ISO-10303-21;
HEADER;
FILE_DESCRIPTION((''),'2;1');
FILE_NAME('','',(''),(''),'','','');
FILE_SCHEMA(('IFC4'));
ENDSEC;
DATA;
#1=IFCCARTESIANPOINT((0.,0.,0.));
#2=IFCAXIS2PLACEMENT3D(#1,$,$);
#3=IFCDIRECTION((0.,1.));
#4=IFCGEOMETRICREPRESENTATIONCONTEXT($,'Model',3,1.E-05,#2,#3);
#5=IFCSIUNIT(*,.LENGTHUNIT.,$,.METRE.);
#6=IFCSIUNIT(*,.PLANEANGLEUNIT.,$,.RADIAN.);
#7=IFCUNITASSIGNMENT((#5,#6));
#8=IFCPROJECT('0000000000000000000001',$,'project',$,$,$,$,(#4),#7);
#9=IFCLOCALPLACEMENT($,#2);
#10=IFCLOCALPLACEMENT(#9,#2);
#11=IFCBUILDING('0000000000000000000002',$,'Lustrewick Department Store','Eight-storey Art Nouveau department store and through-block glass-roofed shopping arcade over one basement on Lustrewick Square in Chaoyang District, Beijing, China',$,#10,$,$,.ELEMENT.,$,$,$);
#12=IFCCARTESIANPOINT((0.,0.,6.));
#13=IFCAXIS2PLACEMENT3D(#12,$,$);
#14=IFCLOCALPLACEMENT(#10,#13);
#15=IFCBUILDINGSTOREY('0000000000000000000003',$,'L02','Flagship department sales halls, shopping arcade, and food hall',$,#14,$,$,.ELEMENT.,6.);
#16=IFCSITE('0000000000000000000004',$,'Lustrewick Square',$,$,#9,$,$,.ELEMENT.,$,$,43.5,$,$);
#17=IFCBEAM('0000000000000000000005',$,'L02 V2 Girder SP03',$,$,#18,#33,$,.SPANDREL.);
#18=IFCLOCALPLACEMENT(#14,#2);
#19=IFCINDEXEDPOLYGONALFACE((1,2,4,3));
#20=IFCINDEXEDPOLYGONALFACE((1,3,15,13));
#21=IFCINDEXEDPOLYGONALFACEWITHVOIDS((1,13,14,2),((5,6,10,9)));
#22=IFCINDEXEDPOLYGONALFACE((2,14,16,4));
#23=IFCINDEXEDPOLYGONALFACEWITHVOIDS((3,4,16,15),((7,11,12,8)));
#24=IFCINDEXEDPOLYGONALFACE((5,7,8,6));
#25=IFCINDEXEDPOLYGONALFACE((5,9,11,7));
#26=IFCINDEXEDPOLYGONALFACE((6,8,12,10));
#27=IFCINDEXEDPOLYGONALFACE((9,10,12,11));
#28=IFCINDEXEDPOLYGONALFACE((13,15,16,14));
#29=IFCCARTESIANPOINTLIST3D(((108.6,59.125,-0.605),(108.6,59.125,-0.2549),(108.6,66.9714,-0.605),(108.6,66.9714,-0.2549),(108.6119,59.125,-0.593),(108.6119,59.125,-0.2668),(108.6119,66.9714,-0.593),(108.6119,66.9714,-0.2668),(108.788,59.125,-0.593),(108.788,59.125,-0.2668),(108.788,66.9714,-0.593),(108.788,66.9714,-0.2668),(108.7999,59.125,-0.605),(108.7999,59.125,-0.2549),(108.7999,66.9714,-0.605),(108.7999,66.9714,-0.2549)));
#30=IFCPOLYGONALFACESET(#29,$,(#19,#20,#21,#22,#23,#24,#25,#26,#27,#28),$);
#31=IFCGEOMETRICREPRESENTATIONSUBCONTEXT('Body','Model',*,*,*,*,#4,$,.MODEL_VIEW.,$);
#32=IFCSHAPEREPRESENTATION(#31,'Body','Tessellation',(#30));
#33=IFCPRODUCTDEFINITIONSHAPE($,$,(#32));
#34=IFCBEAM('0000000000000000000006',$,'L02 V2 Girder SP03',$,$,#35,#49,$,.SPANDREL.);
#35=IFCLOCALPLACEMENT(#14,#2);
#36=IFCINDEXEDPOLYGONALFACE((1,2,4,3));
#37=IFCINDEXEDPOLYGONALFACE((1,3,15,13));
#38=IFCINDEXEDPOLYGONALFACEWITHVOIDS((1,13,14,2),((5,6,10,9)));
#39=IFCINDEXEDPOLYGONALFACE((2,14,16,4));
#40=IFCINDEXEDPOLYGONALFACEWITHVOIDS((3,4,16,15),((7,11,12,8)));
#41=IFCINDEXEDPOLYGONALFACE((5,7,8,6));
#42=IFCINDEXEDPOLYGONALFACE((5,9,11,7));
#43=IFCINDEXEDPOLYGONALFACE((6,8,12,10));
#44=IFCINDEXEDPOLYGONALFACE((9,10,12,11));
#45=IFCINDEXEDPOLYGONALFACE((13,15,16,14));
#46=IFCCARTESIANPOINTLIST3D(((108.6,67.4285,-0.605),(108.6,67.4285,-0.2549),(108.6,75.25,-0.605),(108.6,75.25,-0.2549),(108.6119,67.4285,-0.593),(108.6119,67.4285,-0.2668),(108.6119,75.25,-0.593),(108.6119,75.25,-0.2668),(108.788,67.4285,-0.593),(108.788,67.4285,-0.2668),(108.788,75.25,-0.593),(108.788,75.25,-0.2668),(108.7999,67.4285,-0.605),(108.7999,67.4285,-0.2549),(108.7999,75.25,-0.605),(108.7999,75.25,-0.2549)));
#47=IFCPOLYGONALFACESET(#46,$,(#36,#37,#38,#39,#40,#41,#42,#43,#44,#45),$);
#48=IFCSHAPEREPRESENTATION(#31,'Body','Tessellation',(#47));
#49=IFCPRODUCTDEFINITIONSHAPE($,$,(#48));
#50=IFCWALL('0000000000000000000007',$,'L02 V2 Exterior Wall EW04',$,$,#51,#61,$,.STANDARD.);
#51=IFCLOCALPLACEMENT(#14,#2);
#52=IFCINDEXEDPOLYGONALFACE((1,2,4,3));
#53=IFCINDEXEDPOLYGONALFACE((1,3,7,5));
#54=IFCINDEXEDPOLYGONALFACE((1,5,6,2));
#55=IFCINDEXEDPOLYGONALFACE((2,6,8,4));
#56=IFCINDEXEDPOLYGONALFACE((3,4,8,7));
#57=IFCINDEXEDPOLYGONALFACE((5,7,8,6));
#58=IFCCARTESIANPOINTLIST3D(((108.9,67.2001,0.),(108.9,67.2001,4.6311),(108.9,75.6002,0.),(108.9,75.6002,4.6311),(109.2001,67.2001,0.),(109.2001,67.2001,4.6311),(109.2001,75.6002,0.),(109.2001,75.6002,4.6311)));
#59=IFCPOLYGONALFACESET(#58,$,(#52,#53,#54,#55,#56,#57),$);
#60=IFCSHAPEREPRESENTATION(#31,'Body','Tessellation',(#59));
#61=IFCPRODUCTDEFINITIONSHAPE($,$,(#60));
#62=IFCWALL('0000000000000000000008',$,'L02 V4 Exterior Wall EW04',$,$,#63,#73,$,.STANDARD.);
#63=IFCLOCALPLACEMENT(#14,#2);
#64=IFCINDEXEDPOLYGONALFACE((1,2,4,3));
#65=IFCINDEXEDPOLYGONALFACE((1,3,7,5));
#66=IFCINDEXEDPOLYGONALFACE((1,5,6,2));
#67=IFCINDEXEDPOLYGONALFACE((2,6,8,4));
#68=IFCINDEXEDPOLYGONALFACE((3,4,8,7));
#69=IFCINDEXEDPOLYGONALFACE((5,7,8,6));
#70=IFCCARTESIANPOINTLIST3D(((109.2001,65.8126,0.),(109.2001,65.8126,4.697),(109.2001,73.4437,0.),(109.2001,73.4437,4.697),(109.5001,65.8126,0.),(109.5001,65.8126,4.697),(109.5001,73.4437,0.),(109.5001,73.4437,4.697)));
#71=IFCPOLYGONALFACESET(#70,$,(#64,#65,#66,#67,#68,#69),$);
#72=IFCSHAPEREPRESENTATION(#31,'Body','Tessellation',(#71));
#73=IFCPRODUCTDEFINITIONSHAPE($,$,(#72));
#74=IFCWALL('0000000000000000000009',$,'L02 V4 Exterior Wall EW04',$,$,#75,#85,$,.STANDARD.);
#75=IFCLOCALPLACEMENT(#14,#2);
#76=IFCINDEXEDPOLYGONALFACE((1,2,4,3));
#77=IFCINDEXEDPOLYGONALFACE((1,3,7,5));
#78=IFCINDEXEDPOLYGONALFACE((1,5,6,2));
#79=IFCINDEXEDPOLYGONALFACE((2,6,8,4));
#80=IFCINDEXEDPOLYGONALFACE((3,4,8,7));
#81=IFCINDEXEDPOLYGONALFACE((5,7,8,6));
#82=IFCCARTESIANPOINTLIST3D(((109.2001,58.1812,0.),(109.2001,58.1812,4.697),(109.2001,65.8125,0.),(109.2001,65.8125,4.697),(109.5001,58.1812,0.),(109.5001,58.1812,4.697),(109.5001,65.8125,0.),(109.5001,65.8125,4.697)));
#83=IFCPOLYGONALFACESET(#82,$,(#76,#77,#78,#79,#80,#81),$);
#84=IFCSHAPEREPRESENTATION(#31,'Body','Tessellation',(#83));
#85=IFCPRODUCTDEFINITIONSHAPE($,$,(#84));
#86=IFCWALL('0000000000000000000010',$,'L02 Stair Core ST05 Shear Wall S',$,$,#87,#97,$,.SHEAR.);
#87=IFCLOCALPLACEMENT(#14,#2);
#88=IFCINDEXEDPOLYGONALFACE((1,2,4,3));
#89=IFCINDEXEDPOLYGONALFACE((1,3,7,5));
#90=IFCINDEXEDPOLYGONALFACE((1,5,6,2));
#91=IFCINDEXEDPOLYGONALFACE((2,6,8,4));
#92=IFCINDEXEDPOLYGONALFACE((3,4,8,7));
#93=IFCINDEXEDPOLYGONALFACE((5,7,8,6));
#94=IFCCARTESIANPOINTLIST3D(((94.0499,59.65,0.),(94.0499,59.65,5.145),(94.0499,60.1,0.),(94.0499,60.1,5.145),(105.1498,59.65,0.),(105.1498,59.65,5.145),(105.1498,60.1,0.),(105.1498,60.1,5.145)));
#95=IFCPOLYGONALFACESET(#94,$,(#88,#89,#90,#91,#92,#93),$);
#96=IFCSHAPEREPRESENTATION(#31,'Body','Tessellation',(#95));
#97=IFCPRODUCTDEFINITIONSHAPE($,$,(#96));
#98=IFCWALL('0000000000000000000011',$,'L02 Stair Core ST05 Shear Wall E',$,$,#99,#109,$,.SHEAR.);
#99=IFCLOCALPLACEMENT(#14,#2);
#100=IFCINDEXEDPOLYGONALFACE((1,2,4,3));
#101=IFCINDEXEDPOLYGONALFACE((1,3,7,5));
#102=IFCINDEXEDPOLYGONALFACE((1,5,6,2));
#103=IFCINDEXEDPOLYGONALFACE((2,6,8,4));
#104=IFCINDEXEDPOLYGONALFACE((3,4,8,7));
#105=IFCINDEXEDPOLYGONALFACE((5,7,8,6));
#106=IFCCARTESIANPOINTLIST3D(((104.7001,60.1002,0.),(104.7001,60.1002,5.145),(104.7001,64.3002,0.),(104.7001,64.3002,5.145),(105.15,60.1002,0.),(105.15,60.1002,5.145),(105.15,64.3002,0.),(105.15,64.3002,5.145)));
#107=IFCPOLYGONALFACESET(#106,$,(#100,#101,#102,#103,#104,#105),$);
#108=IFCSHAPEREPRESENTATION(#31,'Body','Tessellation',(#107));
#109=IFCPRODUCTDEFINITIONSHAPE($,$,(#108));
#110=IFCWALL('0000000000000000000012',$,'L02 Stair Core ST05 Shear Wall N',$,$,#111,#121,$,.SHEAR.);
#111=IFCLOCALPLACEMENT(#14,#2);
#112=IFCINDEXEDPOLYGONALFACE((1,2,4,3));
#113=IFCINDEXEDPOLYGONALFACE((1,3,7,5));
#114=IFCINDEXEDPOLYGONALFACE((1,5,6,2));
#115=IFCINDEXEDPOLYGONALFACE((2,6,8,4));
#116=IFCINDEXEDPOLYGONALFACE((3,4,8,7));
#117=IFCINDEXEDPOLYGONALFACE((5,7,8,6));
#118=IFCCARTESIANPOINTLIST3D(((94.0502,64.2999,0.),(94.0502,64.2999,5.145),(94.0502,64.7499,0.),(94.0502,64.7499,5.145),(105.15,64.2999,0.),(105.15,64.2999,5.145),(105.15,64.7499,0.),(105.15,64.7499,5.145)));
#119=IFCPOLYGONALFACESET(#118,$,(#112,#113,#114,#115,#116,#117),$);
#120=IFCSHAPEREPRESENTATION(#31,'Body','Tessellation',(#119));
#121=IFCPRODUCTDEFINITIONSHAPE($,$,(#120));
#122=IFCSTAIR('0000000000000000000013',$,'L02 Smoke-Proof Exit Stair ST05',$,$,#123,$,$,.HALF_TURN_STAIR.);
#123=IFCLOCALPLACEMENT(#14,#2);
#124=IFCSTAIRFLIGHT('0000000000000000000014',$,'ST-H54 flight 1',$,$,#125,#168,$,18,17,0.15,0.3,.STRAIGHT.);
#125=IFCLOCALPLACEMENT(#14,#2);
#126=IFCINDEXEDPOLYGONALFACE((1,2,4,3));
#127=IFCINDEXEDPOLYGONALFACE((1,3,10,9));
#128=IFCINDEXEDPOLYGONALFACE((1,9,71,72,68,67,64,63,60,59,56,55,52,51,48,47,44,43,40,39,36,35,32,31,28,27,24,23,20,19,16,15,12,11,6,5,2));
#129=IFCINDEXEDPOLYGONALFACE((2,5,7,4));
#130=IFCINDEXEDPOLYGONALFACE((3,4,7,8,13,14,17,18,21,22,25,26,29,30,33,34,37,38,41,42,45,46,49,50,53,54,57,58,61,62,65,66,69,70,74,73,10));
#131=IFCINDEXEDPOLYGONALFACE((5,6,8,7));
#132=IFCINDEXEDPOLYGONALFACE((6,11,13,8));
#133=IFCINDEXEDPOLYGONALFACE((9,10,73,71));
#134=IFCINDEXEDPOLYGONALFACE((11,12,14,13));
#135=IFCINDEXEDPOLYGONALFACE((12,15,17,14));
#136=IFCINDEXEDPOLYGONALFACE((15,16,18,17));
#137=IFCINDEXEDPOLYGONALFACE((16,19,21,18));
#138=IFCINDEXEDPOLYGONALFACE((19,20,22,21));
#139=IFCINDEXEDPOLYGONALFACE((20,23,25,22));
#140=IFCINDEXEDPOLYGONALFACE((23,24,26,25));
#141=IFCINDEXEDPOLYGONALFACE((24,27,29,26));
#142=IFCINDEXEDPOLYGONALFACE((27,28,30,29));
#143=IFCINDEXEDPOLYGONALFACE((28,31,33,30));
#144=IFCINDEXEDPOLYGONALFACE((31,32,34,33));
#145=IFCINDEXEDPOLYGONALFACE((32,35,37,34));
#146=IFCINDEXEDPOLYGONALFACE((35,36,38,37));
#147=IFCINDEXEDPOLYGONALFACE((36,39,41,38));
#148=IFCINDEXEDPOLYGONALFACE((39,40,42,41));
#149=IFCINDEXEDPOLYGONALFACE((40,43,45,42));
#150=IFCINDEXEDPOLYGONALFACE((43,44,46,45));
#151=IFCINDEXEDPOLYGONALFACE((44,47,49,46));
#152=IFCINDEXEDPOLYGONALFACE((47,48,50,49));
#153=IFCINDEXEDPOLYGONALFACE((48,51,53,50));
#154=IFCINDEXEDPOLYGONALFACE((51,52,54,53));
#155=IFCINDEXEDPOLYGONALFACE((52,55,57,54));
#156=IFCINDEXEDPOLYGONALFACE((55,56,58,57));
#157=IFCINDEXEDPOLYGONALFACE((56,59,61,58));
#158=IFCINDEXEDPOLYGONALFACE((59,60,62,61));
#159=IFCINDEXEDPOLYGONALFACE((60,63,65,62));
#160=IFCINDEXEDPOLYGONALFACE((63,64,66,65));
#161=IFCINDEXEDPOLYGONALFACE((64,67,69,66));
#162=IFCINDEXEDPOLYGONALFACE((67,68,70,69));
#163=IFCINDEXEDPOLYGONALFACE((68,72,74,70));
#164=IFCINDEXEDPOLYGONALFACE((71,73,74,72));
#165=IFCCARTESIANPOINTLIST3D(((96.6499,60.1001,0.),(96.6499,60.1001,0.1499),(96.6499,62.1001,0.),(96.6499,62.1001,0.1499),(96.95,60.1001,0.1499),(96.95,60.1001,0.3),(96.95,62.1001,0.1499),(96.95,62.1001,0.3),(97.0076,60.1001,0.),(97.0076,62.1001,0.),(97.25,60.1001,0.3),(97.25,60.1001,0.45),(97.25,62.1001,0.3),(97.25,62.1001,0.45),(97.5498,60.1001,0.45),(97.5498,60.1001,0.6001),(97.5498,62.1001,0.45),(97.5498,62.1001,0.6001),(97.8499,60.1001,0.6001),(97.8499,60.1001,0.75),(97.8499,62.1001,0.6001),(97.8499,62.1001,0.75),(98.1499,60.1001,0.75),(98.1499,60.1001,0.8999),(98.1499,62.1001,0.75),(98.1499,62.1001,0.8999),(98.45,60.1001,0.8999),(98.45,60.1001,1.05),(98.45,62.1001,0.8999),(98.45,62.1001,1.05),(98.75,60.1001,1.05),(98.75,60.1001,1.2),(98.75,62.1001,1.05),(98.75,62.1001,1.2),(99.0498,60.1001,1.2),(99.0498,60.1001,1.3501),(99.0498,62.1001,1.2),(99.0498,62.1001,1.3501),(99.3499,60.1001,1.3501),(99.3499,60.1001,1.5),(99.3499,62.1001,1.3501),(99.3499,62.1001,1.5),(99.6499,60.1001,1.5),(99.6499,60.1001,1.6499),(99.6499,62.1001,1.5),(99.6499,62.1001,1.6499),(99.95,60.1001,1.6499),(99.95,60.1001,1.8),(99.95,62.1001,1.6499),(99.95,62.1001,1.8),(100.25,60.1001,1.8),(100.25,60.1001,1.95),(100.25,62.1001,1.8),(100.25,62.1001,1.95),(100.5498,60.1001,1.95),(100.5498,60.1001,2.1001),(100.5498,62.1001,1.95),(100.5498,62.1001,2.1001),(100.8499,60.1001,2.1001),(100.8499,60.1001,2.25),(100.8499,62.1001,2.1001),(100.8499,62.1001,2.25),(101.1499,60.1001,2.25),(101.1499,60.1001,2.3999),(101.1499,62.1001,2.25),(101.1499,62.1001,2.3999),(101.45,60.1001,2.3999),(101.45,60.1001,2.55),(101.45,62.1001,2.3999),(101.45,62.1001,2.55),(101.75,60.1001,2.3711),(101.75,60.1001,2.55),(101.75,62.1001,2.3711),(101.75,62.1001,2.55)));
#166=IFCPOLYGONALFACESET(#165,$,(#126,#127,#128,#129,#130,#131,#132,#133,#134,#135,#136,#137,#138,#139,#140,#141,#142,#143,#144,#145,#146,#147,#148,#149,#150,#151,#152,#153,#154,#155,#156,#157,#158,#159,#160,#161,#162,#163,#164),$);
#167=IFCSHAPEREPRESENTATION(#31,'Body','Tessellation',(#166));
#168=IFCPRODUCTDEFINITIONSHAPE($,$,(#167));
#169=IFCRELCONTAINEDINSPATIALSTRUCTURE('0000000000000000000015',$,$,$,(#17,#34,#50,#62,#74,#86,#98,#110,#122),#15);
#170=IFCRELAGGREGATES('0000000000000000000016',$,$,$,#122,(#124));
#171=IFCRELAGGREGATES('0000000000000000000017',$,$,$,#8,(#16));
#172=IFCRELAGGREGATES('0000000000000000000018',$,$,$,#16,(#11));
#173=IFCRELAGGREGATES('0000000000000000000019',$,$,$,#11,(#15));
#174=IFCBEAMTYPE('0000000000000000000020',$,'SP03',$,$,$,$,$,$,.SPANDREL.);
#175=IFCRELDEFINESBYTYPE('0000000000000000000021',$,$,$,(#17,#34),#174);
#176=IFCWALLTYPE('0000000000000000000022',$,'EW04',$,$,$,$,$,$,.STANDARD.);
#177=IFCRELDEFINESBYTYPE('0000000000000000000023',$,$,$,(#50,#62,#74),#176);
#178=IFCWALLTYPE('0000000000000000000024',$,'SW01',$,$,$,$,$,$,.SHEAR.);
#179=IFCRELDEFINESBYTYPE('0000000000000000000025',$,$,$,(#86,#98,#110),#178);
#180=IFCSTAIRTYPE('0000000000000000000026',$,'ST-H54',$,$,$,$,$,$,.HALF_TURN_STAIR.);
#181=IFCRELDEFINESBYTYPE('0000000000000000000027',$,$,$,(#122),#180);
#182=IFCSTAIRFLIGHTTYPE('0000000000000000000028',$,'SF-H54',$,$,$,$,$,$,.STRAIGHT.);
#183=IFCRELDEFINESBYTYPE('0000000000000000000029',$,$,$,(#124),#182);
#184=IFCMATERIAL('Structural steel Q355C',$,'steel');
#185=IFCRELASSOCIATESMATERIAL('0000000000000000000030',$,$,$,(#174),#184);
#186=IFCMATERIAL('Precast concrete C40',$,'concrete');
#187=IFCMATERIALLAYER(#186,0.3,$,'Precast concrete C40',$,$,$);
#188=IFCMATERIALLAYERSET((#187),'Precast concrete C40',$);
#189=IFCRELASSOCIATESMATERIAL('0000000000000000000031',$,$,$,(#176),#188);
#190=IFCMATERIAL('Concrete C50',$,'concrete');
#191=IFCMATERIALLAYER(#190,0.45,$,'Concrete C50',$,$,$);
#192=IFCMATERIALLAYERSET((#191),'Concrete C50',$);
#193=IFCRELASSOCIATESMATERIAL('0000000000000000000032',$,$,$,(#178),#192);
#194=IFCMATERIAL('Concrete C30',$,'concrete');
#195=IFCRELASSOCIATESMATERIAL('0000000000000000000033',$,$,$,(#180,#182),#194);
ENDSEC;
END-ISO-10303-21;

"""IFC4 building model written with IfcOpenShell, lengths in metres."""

from ifc_helpers import new_model, si_unit, direction, frame, frame_2d, origin, origin_2d, place, context, subcontext, project, spatial, polyline, rectangle, hollow_rectangle, outline, extrude, material, layer, layer_set, material_profile, profile_set, type_object, element, aggregate, save


model = new_model("IFC4")

# Units and contexts
model_context = context("Model", 3, precision=1e-05, world=origin(), true_north=direction((0.0, 1.0)))
body_context = subcontext(model_context, "Body", "Model", "MODEL_VIEW")
ifc_project = project(units=[si_unit("LENGTHUNIT", "METRE"), si_unit("PLANEANGLEUNIT", "RADIAN")], contexts=[model_context])

# Site, building, storey
site_placement = place(None, origin())
site = spatial("IfcSite", under=ifc_project, at=site_placement, Name="Lustrewick Square", CompositionType="ELEMENT", RefElevation=43.5)
building_placement = place(site_placement, origin())
building = spatial("IfcBuilding", under=site, at=building_placement, Name="Lustrewick Department Store", Description="Eight-storey Art Nouveau department store and through-block glass-roofed shopping arcade over one basement on Lustrewick Square in Chaoyang District, Beijing, China", CompositionType="ELEMENT")
storey_placement = place(building_placement, frame((0.0, 0.0, 6.0)))
storey = spatial("IfcBuildingStorey", under=building, at=storey_placement, Name="L02", Description="Flagship department sales halls, shopping arcade, and food hall", CompositionType="ELEMENT", Elevation=6.0)

# Shared definitions
ifc_material_1 = material(Name="Structural steel Q355C", Category="steel")

# Beams
ifc_material_profile_1 = material_profile(ifc_material_1, hollow_rectangle(XDim=0.2, YDim=0.3501, WallThickness=0.012, at=origin_2d()), Name="RHS 350x200x12")
ifc_profile_set_1 = profile_set([ifc_material_profile_1], Name="Structural steel Q355C")
beam_type_1 = type_object("IfcBeamType", Name="SP03", PredefinedType="SPANDREL", material=ifc_profile_set_1)
beam_1_placement = place(storey_placement, frame((108.7, 59.125, -0.4299), z_axis=(0.0, 1.0, 0.0), x_axis=(-1.0, 0.0, 0.0)))
element("IfcBeam", 1, at=beam_1_placement, inside=storey, type_object=beam_type_1, Name="L02 V2 Girder SP03", PredefinedType="SPANDREL", context=body_context, shape_type="SweptSolid", body=[
    extrude(hollow_rectangle(XDim=0.2, YDim=0.3501, WallThickness=0.012, at=origin_2d()), origin(), (0.0, 0.0, 1.0), 7.8464),
])
beam_2_placement = place(storey_placement, frame((108.7, 67.4285, -0.4299), z_axis=(0.0, 1.0, 0.0), x_axis=(-1.0, 0.0, 0.0)))
element("IfcBeam", 2, at=beam_2_placement, inside=storey, type_object=beam_type_1, Name="L02 V2 Girder SP03", PredefinedType="SPANDREL", context=body_context, shape_type="SweptSolid", body=[
    extrude(hollow_rectangle(XDim=0.2, YDim=0.3501, WallThickness=0.012, at=origin_2d()), origin(), (0.0, 0.0, 1.0), 7.8215),
])

# Walls
ifc_material_2 = material(Name="Precast concrete C40", Category="concrete")
ifc_layer_1 = layer(ifc_material_2, 0.3, Name="Precast concrete C40")
ifc_layer_set_1 = layer_set([ifc_layer_1], Name="Precast concrete C40")
wall_type_1 = type_object("IfcWallType", Name="EW04", PredefinedType="STANDARD", material=ifc_layer_set_1)
wall_1_placement = place(storey_placement, frame((109.05, 67.2, 0.0), z_axis=(0.0, 0.0, 1.0), x_axis=(0.0, 1.0, 0.0)))
element("IfcWall", 3, at=wall_1_placement, inside=storey, type_object=wall_type_1, Name="L02 V2 Exterior Wall EW04", PredefinedType="STANDARD", context=body_context, shape_type="SweptSolid", body=[
    extrude(rectangle(XDim=8.4001, YDim=0.3, at=frame_2d((4.2002, 0.0))), origin(), (0.0, 0.0, 1.0), 4.6311),
])
wall_2_placement = place(storey_placement, frame((109.3501, 73.4436, 0.0), z_axis=(0.0, 0.0, 1.0), x_axis=(0.0, -1.0, 0.0)))
element("IfcWall", 4, at=wall_2_placement, inside=storey, type_object=wall_type_1, Name="L02 V4 Exterior Wall EW04", PredefinedType="STANDARD", context=body_context, shape_type="SweptSolid", body=[
    extrude(rectangle(XDim=7.6311, YDim=0.3, at=frame_2d((3.8154, 0.0))), origin(), (0.0, 0.0, 1.0), 4.697),
])
wall_3_placement = place(storey_placement, frame((109.3501, 65.8125, 0.0), z_axis=(0.0, 0.0, 1.0), x_axis=(0.0, -1.0, 0.0)))
element("IfcWall", 5, at=wall_3_placement, inside=storey, type_object=wall_type_1, Name="L02 V4 Exterior Wall EW04", PredefinedType="STANDARD", context=body_context, shape_type="SweptSolid", body=[
    extrude(rectangle(XDim=7.6313, YDim=0.3, at=frame_2d((3.8157, 0.0))), origin(), (0.0, 0.0, 1.0), 4.697),
])
ifc_material_3 = material(Name="Concrete C50", Category="concrete")
ifc_layer_2 = layer(ifc_material_3, 0.45, Name="Concrete C50")
ifc_layer_set_2 = layer_set([ifc_layer_2], Name="Concrete C50")
wall_type_2 = type_object("IfcWallType", Name="SW01", PredefinedType="SHEAR", material=ifc_layer_set_2)
wall_4_placement = place(storey_placement, frame((94.05, 59.875, 0.0), z_axis=(0.0, 0.0, 1.0), x_axis=(1.0, 0.0, 0.0)))
element("IfcWall", 6, at=wall_4_placement, inside=storey, type_object=wall_type_2, Name="L02 Stair Core ST05 Shear Wall S", PredefinedType="SHEAR", context=body_context, shape_type="SweptSolid", body=[
    extrude(rectangle(XDim=11.0999, YDim=0.45, at=frame_2d((5.5498, 0.0))), origin(), (0.0, 0.0, 1.0), 5.145),
])
wall_5_placement = place(storey_placement, frame((104.925, 60.1001, 0.0), z_axis=(0.0, 0.0, 1.0), x_axis=(0.0, 1.0, 0.0)))
element("IfcWall", 7, at=wall_5_placement, inside=storey, type_object=wall_type_2, Name="L02 Stair Core ST05 Shear Wall E", PredefinedType="SHEAR", context=body_context, shape_type="SweptSolid", body=[
    extrude(rectangle(XDim=4.2, YDim=0.45, at=frame_2d((2.1001, 0.0))), origin(), (0.0, 0.0, 1.0), 5.145),
])
wall_6_placement = place(storey_placement, frame((105.1499, 64.5249, 0.0), z_axis=(0.0, 0.0, 1.0), x_axis=(-1.0, 0.0, 0.0)))
element("IfcWall", 8, at=wall_6_placement, inside=storey, type_object=wall_type_2, Name="L02 Stair Core ST05 Shear Wall N", PredefinedType="SHEAR", context=body_context, shape_type="SweptSolid", body=[
    extrude(rectangle(XDim=11.0999, YDim=0.45, at=frame_2d((5.5498, 0.0))), origin(), (0.0, 0.0, 1.0), 5.145),
])

# Stair, stair flight
ifc_material_4 = material(Name="Concrete C30", Category="concrete")
stair_type = type_object("IfcStairType", Name="ST-H54", PredefinedType="HALF_TURN_STAIR", material=ifc_material_4)
stair_placement = place(storey_placement, origin())
stair = element("IfcStair", 9, at=stair_placement, inside=storey, type_object=stair_type, Name="L02 Smoke-Proof Exit Stair ST05", PredefinedType="HALF_TURN_STAIR")
stair_flight_type = type_object("IfcStairFlightType", Name="SF-H54", PredefinedType="STRAIGHT", material=ifc_material_4)
stair_flight_1_placement = place(storey_placement, frame((96.6499, 61.1001, 0.0), z_axis=(0.0, 0.0, 1.0), x_axis=(1.0, 0.0, 0.0)))
stair_flight_1 = element("IfcStairFlight", 10, at=stair_flight_1_placement, type_object=stair_flight_type, Name="ST-H54 flight 1", NumberOfRisers=18, NumberOfTreads=17, PredefinedType="STRAIGHT", RiserHeight=0.15, TreadLength=0.3, context=body_context, shape_type="SweptSolid", body=[
    extrude(outline(polyline([(0.0, 0.0), (0.0, 0.1499), (0.3, 0.1499), (0.3, 0.3), (0.6001, 0.3), (0.6001, 0.45), (0.8999, 0.45), (0.8999, 0.6001), (1.2, 0.6001), (1.2, 0.75), (1.5, 0.75), (1.5, 0.8999), (1.8, 0.8999), (1.8, 1.05), (2.1001, 1.05), (2.1001, 1.2), (2.3999, 1.2), (2.3999, 1.3501), (2.7, 1.3501), (2.7, 1.5), (3.0, 1.5), (3.0, 1.6499), (3.3, 1.6499), (3.3, 1.8), (3.6001, 1.8), (3.6001, 1.95), (3.8999, 1.95), (3.8999, 2.1001), (4.2, 2.1001), (4.2, 2.25), (4.5, 2.25), (4.5, 2.3999), (4.8, 2.3999), (4.8, 2.55), (5.1001, 2.55), (5.1001, 2.7), (5.1001, 2.3711), (0.3577, 0.0), (0.0, 0.0)])), frame((0.0, 1.0, 0.0), z_axis=(0.0, -1.0, 0.0), x_axis=(1.0, 0.0, 0.0)), (0.0, 0.0, 1.0), 2.0),
])
aggregate(stair, [stair_flight_1])

save(model, "model.ifc")
